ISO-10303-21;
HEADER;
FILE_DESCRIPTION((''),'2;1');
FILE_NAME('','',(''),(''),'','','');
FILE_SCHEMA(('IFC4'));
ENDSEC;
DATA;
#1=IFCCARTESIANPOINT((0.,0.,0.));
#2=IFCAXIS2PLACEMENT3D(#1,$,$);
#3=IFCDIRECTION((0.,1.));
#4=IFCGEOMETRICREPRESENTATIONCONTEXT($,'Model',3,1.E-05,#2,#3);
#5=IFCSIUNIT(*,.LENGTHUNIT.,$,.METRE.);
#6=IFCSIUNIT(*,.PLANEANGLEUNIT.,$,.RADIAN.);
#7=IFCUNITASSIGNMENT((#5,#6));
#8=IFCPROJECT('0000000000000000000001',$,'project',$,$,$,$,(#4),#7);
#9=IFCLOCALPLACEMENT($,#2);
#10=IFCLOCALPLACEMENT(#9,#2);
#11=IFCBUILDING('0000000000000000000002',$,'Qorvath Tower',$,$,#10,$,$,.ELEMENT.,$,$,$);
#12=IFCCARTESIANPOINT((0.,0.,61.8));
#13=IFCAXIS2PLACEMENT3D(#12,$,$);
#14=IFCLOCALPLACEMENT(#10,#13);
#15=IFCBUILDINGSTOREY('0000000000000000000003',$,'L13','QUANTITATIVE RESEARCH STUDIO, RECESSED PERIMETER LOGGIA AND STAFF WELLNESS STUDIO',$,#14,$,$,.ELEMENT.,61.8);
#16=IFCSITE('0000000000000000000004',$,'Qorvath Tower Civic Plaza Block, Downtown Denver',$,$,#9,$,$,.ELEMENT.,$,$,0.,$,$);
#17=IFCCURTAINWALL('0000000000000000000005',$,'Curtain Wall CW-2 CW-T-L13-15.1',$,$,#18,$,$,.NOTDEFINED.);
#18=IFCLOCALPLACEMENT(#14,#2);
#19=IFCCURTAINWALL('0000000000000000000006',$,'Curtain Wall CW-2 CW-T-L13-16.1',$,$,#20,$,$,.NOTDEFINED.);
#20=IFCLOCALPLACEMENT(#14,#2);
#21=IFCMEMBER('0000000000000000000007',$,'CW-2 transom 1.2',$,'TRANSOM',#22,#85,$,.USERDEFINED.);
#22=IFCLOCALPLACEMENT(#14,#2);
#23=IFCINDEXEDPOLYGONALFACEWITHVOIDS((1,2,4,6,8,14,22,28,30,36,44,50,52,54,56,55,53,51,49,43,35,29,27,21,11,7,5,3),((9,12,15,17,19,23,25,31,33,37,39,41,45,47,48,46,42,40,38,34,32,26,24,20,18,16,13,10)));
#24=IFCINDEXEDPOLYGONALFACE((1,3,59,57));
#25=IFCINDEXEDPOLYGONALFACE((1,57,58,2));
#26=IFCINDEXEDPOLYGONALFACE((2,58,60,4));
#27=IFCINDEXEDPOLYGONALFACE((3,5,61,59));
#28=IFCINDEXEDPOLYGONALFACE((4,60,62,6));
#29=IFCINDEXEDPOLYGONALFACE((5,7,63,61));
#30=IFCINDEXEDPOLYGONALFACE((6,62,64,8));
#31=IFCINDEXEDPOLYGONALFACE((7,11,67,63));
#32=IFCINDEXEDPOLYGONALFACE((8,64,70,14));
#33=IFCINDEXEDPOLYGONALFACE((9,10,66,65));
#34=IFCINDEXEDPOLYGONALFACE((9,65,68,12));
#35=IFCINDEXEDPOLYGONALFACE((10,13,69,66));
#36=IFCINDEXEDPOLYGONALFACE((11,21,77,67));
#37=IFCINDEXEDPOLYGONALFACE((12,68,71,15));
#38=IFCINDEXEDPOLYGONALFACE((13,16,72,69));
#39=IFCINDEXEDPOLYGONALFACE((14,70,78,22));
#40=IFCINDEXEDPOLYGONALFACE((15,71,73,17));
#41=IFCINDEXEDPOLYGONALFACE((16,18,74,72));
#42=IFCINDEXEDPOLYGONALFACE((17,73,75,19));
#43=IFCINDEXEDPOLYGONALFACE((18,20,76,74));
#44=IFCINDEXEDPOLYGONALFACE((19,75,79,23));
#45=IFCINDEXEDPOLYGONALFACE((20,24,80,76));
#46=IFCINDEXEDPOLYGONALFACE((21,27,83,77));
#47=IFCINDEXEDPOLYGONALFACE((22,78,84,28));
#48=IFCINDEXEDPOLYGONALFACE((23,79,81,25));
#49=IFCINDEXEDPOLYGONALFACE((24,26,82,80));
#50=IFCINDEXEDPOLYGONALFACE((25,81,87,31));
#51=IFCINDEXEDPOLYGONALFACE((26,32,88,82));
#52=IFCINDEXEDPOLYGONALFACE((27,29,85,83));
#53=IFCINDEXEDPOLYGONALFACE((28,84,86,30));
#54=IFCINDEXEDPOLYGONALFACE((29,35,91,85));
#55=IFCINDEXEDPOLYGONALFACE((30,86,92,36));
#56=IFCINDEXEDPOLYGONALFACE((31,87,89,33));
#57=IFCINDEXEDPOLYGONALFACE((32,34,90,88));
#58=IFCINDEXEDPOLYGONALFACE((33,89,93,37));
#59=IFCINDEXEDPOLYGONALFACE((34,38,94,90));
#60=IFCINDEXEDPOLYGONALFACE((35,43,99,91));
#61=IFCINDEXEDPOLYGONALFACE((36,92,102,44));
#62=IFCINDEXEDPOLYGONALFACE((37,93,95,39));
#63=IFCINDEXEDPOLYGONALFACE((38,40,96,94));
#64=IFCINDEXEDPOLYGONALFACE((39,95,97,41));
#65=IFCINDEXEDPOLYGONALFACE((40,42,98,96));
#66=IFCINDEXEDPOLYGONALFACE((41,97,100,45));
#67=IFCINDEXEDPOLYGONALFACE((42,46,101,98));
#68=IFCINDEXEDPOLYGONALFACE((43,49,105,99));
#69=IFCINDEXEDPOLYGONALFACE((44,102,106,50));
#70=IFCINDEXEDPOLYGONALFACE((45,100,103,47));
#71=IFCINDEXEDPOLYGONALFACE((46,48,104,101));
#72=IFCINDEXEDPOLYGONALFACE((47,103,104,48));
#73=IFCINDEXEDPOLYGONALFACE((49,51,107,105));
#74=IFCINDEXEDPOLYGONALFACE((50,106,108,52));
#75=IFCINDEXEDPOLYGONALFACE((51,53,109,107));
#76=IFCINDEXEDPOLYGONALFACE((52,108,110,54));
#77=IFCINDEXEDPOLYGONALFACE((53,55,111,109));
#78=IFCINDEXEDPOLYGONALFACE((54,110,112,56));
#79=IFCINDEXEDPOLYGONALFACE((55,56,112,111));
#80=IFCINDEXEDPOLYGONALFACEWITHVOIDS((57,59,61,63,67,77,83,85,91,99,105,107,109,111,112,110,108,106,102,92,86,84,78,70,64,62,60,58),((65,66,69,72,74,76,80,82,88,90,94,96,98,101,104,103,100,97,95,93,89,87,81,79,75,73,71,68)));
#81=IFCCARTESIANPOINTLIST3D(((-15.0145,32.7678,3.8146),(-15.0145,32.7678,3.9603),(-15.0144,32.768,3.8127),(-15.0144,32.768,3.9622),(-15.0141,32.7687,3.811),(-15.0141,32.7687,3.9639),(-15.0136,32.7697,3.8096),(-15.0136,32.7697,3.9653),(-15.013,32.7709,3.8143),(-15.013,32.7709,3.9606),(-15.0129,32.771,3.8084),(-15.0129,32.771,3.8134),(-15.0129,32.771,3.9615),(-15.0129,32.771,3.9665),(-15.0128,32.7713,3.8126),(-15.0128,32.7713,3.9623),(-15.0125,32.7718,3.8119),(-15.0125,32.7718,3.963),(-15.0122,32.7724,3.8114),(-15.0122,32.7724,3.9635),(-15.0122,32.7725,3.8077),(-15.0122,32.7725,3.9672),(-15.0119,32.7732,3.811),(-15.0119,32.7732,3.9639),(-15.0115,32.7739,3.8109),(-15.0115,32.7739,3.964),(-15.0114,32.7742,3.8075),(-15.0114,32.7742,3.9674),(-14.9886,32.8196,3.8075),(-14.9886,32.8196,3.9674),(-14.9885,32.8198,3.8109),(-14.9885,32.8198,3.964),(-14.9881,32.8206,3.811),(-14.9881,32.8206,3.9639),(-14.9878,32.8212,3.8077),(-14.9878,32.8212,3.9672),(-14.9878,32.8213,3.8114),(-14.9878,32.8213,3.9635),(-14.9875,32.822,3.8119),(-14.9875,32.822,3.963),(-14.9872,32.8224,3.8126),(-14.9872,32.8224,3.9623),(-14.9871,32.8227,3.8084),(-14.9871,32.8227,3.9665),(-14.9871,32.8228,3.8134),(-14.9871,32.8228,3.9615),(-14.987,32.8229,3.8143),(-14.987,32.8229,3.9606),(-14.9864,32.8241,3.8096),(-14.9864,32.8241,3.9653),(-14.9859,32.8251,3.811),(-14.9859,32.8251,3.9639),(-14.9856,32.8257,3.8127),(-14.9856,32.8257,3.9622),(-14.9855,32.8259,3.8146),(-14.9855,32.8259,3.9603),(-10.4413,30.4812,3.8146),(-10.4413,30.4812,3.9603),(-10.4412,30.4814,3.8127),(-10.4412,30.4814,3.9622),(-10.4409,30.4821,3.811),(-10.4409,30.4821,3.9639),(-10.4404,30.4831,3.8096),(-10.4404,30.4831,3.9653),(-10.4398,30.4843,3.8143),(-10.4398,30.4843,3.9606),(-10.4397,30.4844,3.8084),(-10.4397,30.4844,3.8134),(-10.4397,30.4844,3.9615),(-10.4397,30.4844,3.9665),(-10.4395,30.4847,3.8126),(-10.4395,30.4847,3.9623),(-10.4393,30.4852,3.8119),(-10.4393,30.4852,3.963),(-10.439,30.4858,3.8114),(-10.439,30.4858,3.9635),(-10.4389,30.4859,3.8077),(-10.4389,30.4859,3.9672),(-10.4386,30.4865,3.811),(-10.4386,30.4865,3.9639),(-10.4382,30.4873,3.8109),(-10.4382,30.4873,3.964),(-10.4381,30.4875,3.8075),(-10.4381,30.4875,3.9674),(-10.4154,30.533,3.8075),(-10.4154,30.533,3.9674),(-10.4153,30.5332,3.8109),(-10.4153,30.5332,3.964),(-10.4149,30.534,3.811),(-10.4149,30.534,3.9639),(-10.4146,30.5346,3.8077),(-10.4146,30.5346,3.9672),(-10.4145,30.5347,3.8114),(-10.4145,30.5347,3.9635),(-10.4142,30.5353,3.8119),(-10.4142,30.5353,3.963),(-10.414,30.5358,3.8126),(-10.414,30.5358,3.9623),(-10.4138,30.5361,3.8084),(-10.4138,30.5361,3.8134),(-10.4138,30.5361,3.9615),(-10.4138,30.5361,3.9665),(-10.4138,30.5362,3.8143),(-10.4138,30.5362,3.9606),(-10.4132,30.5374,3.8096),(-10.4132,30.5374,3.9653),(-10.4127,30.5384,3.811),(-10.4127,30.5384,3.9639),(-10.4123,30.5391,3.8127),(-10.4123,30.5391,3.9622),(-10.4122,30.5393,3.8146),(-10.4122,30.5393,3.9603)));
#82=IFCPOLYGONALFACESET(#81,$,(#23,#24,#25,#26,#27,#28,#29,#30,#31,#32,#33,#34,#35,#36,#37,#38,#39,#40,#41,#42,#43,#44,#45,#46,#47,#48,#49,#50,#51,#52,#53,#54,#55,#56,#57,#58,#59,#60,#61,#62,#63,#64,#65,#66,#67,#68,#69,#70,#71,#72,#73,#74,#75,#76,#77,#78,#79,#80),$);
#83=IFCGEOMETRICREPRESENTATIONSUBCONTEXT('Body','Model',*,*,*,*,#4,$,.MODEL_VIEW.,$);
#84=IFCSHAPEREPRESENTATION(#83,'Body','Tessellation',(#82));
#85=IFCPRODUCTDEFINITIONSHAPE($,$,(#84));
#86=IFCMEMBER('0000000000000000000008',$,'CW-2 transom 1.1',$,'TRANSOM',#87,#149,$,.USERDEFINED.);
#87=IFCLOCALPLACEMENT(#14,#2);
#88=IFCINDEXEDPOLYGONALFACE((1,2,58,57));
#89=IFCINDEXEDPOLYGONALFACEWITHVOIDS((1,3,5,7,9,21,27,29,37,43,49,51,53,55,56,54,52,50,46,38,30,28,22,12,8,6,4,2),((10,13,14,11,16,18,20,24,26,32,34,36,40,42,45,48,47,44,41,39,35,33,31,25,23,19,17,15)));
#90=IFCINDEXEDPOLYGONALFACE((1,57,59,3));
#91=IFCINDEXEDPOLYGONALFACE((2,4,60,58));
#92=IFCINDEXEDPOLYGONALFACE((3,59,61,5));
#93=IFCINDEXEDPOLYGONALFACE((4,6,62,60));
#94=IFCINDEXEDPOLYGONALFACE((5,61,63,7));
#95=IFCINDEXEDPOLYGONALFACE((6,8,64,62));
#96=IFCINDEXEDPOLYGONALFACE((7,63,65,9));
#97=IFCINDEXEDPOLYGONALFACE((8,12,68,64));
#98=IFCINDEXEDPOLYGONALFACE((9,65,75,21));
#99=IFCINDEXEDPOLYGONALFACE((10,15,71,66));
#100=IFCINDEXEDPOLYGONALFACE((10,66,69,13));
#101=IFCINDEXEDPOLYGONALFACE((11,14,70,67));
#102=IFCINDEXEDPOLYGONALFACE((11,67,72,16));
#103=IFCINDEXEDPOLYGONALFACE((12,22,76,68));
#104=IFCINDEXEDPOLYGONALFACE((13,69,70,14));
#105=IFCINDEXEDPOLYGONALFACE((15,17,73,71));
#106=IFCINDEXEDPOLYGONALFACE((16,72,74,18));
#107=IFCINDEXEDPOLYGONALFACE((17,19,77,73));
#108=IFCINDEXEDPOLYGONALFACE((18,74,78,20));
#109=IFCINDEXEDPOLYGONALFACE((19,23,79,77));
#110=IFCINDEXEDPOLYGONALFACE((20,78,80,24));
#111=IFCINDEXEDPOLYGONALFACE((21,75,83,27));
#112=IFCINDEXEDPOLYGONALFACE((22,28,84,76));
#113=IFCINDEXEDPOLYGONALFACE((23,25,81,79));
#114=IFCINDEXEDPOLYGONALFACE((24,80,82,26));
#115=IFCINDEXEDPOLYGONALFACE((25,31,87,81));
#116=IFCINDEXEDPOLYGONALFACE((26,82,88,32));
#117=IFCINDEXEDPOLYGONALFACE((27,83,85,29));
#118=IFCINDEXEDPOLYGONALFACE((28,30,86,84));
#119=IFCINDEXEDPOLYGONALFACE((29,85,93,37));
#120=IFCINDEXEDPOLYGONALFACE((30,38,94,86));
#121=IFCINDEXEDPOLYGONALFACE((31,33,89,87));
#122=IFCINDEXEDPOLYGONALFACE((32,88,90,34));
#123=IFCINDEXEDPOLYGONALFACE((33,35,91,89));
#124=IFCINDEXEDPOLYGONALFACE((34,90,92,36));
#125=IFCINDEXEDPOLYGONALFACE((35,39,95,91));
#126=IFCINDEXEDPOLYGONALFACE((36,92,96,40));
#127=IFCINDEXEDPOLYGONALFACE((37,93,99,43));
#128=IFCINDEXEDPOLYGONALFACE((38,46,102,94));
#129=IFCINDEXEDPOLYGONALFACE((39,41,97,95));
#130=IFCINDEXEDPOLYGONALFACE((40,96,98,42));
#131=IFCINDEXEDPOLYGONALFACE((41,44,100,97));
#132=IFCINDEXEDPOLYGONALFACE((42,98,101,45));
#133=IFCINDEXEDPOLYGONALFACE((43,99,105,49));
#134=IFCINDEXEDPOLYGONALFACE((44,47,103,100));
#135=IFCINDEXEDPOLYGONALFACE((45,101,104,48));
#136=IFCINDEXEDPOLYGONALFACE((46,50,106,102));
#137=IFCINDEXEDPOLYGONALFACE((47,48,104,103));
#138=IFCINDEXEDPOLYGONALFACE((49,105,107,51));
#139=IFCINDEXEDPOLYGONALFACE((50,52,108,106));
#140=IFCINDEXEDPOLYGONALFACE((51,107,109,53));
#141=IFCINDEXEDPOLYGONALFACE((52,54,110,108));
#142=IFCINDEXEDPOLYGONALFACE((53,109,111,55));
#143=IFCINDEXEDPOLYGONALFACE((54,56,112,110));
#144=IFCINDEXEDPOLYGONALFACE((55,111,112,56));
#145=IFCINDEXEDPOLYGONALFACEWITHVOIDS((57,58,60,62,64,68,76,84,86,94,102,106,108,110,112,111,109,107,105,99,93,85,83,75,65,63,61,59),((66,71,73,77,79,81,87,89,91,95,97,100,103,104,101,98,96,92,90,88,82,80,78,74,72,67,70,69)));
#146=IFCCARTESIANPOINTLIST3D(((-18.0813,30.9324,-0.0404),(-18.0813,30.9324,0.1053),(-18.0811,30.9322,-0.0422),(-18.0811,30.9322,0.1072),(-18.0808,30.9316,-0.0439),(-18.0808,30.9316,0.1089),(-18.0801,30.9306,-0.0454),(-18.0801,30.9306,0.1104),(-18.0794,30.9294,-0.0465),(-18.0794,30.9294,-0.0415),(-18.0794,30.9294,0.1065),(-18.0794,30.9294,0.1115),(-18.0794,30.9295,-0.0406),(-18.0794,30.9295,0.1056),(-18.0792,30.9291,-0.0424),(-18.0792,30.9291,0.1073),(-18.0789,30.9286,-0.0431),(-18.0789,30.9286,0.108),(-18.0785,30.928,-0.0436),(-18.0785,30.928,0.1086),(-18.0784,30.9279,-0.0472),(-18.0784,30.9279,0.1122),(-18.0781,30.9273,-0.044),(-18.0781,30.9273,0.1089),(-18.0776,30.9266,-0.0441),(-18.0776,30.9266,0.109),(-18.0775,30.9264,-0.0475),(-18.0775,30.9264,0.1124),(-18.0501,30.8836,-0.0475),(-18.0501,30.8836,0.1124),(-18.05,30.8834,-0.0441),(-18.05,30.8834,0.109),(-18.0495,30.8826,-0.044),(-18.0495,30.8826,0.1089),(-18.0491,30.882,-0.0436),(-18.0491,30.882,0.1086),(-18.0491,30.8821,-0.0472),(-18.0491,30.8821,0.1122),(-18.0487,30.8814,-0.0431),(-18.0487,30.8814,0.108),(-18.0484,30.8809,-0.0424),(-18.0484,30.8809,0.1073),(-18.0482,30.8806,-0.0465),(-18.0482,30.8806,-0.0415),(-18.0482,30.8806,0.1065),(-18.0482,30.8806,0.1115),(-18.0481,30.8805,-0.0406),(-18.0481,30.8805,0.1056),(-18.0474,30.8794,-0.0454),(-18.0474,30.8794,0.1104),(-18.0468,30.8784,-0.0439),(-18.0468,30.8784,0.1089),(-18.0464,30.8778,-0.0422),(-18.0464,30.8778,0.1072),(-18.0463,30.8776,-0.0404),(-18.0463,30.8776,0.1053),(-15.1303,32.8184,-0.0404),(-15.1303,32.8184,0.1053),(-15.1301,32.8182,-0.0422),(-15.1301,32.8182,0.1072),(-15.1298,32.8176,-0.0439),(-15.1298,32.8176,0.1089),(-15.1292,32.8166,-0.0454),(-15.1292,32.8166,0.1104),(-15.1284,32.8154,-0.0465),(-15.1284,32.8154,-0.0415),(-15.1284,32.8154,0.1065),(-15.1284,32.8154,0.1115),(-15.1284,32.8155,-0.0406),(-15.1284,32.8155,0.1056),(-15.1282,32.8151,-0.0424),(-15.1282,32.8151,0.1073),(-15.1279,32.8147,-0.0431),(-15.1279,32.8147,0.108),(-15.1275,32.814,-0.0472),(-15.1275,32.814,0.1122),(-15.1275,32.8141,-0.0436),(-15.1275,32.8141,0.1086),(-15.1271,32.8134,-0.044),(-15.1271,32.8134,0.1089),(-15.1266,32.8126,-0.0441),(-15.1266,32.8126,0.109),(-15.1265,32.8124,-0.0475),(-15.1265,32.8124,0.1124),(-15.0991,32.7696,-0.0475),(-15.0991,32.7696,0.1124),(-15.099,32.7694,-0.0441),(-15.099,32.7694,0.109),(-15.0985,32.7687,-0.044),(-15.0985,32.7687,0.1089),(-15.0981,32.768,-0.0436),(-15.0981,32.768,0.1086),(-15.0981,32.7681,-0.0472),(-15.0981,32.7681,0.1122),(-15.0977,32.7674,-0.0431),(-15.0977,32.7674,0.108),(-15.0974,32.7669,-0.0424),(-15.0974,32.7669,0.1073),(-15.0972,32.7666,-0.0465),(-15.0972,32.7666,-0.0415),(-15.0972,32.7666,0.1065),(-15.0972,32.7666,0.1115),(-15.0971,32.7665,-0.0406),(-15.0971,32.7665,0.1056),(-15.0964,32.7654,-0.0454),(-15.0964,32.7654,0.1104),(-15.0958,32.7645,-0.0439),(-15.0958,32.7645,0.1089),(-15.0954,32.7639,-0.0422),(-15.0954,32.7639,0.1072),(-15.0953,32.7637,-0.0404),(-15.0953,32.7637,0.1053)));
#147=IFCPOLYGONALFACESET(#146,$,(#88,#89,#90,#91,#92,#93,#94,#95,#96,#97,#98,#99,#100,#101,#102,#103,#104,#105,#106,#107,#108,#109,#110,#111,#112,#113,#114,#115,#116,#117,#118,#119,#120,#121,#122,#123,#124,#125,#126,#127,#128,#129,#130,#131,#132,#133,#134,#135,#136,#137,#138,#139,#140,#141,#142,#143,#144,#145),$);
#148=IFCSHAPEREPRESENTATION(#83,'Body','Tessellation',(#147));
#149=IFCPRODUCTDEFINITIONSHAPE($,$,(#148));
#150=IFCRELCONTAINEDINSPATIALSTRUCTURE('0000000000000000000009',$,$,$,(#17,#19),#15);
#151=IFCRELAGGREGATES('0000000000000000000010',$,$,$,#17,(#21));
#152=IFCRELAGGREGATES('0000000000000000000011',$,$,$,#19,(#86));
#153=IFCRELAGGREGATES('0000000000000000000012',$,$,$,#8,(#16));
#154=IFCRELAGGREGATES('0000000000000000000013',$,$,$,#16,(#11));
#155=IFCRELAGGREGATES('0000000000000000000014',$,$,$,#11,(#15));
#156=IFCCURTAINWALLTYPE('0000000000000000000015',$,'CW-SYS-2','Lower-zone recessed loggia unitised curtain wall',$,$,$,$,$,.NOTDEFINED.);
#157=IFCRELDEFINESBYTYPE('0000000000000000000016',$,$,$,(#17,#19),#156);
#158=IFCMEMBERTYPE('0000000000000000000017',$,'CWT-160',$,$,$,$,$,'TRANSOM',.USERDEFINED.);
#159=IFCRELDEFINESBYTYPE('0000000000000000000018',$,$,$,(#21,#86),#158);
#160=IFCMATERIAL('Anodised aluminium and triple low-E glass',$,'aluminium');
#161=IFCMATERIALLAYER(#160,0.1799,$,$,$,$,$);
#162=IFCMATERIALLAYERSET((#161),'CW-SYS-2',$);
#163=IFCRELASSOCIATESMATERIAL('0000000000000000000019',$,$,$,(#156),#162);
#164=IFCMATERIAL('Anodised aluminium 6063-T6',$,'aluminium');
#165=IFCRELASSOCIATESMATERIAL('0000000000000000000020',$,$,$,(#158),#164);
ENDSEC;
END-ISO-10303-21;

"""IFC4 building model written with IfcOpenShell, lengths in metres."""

from ifc_helpers import new_model, si_unit, direction, frame, origin, origin_2d, place, context, subcontext, project, spatial, hollow_rectangle, extrude, material, layer, layer_set, material_profile, profile_set, type_object, element, aggregate, save


model = new_model("IFC4")

# Units and contexts
model_context = context("Model", 3, precision=1e-05, world=origin(), true_north=direction((0.0, 1.0)))
body_context = subcontext(model_context, "Body", "Model", "MODEL_VIEW")
ifc_project = project(units=[si_unit("LENGTHUNIT", "METRE"), si_unit("PLANEANGLEUNIT", "RADIAN")], contexts=[model_context])

# Site, building, storey
site_placement = place(None, origin())
site = spatial("IfcSite", under=ifc_project, at=site_placement, Name="Qorvath Tower Civic Plaza Block, Downtown Denver", CompositionType="ELEMENT", RefElevation=0.0)
building_placement = place(site_placement, origin())
building = spatial("IfcBuilding", under=site, at=building_placement, Name="Qorvath Tower", CompositionType="ELEMENT")
storey_placement = place(building_placement, frame((0.0, 0.0, 61.8)))
storey = spatial("IfcBuildingStorey", under=building, at=storey_placement, Name="L13", Description="QUANTITATIVE RESEARCH STUDIO, RECESSED PERIMETER LOGGIA AND STAFF WELLNESS STUDIO", CompositionType="ELEMENT", Elevation=61.8)

# Shared definitions
ifc_material_1 = material(Name="Anodised aluminium and triple low-E glass", Category="aluminium")
ifc_layer_1 = layer(ifc_material_1, 0.1799)
ifc_layer_set_1 = layer_set([ifc_layer_1], Name="CW-SYS-2")
curtain_wall_type = type_object("IfcCurtainWallType", Name="CW-SYS-2", Description="Lower-zone recessed loggia unitised curtain wall", PredefinedType="NOTDEFINED", material=ifc_layer_set_1)

# Curtain walls
curtain_wall_1_placement = place(storey_placement, origin())
curtain_wall_1 = element("IfcCurtainWall", 1, at=curtain_wall_1_placement, inside=storey, type_object=curtain_wall_type, Name="Curtain Wall CW-2 CW-T-L13-15.1", PredefinedType="NOTDEFINED")
curtain_wall_2_placement = place(storey_placement, origin())
curtain_wall_2 = element("IfcCurtainWall", 2, at=curtain_wall_2_placement, inside=storey, type_object=curtain_wall_type, Name="Curtain Wall CW-2 CW-T-L13-16.1", PredefinedType="NOTDEFINED")

# Members
ifc_material_2 = material(Name="Anodised aluminium 6063-T6", Category="aluminium")
ifc_material_profile_1 = material_profile(ifc_material_2, hollow_rectangle(XDim=0.0649, YDim=0.1599, WallThickness=0.0034, InnerFilletRadius=0.0034, OuterFilletRadius=0.0071, at=origin_2d()), Name="CWT 160x65")
ifc_profile_set_1 = profile_set([ifc_material_profile_1], Name="Anodised aluminium 6063-T6")
member_type_1 = type_object("IfcMemberType", Name="CWT-160", ElementType="TRANSOM", PredefinedType="USERDEFINED", material=ifc_profile_set_1)
member_1_placement = place(storey_placement, frame((-10.4268, 30.5103, 3.8875), z_axis=(-0.894427, 0.447214, 0.0), x_axis=(-0.447214, -0.894427, 0.0)))
member_1 = element("IfcMember", 3, at=member_1_placement, type_object=member_type_1, Name="CW-2 transom 1.2", ObjectType="TRANSOM", PredefinedType="USERDEFINED", context=body_context, shape_type="SweptSolid", body=[
    extrude(hollow_rectangle(XDim=0.0649, YDim=0.1599, WallThickness=0.0034, InnerFilletRadius=0.0034, OuterFilletRadius=0.0071, at=origin_2d()), origin(), (0.0, 0.0, 1.0), 5.113),
])
member_2_placement = place(storey_placement, frame((-15.1128, 32.791, 0.0325), z_axis=(-0.842609, -0.538525, 0.0), x_axis=(0.538525, -0.842609, 0.0)))
member_2 = element("IfcMember", 4, at=member_2_placement, type_object=member_type_1, Name="CW-2 transom 1.1", ObjectType="TRANSOM", PredefinedType="USERDEFINED", context=body_context, shape_type="SweptSolid", body=[
    extrude(hollow_rectangle(XDim=0.0649, YDim=0.1599, WallThickness=0.0034, InnerFilletRadius=0.0034, OuterFilletRadius=0.0071, at=origin_2d()), origin(), (0.0, 0.0, 1.0), 3.5022),
])

aggregate(curtain_wall_1, [member_1])
aggregate(curtain_wall_2, [member_2])

save(model, "model.ifc")
